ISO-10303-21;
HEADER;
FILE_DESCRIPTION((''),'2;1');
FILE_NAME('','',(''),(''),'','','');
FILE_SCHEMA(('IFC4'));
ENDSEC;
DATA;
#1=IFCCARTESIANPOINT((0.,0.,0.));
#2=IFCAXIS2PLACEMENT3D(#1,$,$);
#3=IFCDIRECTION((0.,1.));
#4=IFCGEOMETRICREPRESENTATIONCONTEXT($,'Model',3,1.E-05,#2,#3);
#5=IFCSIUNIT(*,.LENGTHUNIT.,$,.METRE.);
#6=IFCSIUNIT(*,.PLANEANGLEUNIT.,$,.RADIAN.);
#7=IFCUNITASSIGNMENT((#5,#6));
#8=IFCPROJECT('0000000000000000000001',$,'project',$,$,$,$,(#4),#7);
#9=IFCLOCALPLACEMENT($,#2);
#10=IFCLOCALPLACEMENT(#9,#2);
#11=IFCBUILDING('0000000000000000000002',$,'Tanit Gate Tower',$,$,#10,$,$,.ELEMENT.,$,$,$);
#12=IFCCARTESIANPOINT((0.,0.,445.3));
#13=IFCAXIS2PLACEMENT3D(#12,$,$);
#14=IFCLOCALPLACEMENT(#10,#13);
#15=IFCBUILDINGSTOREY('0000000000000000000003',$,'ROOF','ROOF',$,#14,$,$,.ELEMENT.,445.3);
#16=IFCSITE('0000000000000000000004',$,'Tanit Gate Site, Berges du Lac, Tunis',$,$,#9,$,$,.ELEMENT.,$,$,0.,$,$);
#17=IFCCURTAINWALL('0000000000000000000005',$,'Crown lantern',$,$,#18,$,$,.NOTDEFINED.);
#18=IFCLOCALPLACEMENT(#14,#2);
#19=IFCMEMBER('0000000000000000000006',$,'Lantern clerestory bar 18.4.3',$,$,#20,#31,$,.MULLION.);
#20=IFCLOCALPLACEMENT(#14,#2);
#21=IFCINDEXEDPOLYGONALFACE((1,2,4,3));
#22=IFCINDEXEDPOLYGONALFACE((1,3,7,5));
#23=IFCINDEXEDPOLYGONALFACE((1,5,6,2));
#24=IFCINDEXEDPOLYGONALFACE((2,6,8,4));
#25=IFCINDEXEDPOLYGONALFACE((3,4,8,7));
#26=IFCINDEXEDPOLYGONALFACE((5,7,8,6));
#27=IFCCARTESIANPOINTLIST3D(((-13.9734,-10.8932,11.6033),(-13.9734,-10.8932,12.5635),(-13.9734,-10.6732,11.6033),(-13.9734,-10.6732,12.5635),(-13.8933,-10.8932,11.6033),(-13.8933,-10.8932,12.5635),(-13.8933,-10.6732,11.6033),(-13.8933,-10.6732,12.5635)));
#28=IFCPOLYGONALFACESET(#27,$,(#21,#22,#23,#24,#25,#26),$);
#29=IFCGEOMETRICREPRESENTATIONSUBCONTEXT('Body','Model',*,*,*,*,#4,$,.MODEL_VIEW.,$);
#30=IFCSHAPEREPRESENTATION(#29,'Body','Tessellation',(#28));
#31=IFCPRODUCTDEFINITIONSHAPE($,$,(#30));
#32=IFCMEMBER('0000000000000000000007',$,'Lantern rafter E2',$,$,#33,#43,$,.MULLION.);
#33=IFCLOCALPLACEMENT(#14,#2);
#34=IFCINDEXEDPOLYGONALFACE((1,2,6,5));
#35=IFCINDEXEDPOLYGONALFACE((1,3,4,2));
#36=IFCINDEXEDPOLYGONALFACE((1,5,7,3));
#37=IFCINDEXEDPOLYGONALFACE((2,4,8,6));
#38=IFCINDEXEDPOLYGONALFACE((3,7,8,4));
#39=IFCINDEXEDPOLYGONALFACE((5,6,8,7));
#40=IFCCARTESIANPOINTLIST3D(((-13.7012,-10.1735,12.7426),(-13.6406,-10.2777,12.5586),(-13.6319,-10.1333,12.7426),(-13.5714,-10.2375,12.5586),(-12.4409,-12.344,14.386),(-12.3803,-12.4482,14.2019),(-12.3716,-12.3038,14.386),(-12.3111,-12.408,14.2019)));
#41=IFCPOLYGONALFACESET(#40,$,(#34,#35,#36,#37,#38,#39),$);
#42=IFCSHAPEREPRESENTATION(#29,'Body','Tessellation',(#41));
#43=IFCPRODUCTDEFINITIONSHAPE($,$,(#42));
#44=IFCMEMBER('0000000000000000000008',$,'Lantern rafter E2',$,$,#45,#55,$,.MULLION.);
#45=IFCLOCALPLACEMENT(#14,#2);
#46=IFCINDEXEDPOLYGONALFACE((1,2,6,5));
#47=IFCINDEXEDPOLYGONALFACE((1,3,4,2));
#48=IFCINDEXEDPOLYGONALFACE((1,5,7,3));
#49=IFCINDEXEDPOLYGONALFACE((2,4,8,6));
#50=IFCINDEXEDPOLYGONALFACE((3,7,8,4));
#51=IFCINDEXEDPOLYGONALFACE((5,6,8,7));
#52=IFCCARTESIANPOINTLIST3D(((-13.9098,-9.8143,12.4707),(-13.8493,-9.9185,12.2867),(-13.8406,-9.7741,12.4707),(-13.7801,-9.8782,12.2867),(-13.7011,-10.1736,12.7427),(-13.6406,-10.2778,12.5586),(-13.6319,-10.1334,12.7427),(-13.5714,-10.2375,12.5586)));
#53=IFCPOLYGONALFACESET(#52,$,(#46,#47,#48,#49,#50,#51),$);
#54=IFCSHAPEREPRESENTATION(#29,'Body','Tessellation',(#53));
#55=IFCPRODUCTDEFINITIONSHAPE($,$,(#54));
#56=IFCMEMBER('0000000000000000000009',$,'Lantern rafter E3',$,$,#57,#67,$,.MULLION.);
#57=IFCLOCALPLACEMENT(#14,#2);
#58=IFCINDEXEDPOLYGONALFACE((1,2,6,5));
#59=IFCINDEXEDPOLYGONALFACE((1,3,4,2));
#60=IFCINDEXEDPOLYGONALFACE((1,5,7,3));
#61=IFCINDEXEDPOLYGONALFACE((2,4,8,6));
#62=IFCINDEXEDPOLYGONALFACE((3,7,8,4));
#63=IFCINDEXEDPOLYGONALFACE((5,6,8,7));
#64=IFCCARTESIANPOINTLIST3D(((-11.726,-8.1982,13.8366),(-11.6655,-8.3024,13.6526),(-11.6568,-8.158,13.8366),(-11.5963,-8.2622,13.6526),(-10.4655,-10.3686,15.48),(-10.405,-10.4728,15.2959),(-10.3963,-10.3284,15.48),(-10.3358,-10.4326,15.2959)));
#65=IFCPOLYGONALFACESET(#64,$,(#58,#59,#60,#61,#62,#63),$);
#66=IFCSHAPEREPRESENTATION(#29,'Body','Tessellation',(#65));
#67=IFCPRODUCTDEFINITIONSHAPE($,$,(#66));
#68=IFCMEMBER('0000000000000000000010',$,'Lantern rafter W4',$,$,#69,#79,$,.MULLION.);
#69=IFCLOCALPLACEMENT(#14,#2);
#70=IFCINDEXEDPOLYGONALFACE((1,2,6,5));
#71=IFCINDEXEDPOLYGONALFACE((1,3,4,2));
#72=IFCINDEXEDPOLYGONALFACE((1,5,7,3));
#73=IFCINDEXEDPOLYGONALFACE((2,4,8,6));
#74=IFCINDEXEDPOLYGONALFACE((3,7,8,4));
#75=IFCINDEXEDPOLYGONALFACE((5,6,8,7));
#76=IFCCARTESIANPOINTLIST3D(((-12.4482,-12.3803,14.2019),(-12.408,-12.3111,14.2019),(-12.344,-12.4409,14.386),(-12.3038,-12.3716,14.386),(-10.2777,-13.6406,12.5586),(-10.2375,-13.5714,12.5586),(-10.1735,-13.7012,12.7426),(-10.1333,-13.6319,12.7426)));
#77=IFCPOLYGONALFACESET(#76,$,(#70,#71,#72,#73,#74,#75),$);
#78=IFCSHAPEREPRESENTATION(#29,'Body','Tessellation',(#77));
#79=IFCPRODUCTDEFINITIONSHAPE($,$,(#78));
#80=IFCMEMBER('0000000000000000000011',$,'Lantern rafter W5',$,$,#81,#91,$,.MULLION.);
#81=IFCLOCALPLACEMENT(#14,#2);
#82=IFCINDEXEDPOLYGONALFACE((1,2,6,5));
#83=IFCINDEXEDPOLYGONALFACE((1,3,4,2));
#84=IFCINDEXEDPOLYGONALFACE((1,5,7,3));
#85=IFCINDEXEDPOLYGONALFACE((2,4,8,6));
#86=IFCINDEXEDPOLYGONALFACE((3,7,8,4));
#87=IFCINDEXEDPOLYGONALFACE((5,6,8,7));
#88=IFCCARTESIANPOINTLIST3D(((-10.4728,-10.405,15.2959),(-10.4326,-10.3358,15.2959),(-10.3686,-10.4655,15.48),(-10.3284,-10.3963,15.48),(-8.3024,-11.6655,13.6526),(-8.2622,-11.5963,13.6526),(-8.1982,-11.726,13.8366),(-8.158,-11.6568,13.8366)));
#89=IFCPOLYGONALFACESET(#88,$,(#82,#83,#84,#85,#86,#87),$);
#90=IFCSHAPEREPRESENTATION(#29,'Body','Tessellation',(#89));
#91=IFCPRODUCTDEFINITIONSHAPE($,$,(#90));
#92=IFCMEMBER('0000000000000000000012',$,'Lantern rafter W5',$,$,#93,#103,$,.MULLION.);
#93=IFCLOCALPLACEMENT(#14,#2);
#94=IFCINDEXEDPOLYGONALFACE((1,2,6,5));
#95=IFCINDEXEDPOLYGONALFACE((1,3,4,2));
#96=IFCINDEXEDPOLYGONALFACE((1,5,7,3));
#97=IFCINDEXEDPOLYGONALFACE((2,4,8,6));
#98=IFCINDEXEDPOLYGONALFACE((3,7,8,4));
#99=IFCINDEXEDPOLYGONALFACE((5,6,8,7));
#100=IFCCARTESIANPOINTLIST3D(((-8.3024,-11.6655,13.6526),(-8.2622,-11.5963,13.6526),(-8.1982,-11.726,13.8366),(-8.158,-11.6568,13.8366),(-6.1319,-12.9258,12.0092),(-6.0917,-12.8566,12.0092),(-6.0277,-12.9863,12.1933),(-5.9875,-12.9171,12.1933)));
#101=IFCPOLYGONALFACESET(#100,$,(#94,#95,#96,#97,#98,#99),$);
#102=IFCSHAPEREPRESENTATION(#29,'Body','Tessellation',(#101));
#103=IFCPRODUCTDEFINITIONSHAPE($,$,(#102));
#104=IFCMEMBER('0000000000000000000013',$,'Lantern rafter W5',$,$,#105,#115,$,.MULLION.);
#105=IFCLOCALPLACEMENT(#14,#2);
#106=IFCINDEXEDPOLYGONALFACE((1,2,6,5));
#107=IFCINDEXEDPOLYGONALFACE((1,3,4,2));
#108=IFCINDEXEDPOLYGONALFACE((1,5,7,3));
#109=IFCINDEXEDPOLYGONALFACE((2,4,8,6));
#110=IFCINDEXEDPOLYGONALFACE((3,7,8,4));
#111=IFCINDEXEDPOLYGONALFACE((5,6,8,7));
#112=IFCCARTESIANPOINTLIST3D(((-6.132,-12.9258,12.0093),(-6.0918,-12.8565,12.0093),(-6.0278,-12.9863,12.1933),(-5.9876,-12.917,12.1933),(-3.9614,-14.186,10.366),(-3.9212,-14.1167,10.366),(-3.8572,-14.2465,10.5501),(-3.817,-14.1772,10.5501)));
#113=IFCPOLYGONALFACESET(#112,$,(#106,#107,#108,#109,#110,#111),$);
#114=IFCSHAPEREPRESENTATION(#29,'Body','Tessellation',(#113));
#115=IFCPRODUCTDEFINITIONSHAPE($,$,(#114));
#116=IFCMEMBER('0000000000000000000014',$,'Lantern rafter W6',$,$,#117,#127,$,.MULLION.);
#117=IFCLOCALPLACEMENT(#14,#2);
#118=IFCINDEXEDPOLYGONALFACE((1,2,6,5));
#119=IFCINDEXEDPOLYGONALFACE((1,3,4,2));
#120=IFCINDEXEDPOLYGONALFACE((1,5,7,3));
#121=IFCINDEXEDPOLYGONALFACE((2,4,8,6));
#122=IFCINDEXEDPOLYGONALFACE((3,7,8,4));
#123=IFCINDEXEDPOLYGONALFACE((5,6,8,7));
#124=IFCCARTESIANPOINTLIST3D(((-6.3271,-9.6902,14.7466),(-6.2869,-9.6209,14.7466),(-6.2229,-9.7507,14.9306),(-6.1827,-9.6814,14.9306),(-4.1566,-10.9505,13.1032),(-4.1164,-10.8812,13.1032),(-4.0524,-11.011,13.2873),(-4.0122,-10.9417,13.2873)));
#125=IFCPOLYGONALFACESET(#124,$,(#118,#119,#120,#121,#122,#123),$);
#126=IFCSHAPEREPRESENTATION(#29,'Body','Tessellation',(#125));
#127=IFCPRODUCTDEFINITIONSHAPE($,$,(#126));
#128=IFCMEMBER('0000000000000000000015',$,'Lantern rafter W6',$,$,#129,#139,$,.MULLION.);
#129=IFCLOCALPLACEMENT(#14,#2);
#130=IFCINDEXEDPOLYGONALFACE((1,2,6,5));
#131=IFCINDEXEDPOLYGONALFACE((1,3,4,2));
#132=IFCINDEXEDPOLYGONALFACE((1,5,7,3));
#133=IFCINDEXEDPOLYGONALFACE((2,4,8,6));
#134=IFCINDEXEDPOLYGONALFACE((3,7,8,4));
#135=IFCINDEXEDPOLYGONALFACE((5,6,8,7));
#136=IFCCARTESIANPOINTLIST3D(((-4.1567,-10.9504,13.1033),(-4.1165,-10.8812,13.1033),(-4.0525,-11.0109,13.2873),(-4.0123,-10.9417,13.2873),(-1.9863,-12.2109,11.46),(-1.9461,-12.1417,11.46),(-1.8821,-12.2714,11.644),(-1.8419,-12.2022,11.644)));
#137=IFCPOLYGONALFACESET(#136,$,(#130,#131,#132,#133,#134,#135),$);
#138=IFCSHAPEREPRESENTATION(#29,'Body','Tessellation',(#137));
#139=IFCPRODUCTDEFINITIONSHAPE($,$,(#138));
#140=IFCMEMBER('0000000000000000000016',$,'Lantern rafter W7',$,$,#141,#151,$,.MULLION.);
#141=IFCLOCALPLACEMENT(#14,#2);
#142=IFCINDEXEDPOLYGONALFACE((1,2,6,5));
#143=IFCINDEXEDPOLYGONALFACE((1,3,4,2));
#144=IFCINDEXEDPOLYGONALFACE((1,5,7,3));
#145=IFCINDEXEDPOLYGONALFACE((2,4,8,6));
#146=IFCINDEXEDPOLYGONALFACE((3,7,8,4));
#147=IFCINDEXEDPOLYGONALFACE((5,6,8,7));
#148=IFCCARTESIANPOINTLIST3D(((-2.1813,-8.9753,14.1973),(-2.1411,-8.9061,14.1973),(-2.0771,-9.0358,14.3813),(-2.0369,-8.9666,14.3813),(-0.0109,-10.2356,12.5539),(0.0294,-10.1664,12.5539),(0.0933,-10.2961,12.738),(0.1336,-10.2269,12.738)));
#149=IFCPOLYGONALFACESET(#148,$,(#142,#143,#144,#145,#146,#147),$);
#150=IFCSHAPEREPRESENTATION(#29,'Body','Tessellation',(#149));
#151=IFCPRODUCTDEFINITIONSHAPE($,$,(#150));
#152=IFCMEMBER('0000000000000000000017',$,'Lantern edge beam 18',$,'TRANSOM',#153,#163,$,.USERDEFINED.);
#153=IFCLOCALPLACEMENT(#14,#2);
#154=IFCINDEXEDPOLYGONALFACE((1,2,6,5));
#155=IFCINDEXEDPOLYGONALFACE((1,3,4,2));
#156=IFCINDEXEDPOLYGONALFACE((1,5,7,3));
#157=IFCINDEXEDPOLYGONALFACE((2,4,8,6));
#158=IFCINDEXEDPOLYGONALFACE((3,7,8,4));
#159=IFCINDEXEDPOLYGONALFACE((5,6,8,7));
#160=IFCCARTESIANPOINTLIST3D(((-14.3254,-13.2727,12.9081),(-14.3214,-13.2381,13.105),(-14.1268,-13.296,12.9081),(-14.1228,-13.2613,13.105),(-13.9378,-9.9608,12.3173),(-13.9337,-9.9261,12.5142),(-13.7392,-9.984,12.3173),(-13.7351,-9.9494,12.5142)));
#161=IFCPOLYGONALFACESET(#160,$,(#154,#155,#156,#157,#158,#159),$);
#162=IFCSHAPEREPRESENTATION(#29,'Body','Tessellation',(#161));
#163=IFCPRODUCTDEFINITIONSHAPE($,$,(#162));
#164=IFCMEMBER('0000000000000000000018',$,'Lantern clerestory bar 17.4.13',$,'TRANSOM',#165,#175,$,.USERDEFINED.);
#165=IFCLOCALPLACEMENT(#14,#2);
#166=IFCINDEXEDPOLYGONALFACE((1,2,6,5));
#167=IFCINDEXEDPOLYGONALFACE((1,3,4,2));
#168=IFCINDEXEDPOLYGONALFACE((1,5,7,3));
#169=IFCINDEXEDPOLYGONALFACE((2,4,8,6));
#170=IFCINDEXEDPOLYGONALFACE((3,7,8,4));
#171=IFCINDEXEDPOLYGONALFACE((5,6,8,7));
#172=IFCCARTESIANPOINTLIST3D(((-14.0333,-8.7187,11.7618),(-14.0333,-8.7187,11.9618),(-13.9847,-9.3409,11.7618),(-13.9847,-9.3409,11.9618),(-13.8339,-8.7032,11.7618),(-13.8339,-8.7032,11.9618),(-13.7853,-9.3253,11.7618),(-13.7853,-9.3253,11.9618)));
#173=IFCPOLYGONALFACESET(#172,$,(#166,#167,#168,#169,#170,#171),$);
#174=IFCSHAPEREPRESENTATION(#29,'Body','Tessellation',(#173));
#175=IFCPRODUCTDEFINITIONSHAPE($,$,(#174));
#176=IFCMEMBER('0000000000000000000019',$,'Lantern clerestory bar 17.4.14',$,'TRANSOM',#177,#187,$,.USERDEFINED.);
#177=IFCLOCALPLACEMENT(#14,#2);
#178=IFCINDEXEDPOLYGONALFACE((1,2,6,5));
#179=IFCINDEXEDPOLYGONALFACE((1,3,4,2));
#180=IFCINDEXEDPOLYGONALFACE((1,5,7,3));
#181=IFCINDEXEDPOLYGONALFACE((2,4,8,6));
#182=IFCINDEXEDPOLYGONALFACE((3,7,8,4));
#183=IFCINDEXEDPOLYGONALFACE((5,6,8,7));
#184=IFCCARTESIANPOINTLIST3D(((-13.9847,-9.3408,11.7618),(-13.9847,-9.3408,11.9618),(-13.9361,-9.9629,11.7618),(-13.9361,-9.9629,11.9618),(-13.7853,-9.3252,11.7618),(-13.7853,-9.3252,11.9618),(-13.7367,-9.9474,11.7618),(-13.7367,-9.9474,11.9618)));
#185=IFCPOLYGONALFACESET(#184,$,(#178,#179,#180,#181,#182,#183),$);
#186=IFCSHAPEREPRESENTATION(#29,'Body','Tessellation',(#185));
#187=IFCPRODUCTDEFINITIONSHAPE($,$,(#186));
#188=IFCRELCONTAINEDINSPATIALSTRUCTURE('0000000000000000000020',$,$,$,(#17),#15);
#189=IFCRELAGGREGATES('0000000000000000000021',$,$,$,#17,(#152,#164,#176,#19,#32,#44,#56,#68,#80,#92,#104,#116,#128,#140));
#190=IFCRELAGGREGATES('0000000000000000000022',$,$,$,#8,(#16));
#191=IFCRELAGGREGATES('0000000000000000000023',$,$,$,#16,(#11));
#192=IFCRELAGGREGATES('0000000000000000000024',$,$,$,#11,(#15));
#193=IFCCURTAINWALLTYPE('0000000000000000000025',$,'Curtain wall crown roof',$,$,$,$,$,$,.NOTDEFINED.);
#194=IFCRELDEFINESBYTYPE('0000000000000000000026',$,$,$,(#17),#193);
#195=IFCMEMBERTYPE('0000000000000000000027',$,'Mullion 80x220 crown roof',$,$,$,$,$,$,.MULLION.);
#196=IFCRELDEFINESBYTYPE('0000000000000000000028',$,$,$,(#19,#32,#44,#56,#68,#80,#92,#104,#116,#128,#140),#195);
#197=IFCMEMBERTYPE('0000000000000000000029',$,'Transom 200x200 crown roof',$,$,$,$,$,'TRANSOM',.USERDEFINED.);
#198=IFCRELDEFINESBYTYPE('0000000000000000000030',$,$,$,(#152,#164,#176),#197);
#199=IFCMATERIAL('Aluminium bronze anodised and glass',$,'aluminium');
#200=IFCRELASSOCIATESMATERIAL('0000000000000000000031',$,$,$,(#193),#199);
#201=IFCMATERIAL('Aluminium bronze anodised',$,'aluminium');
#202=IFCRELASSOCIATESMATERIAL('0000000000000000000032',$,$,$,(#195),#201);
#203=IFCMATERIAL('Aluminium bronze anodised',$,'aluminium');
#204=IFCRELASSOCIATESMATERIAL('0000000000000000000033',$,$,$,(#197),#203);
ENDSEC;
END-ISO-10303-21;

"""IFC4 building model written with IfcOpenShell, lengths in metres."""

from ifc_helpers import new_model, si_unit, direction, frame, origin, origin_2d, place, context, subcontext, project, spatial, rectangle, extrude, material, material_profile, profile_set, type_object, element, aggregate, save


model = new_model("IFC4")

# Units and contexts
model_context = context("Model", 3, precision=1e-05, world=origin(), true_north=direction((0.0, 1.0)))
body_context = subcontext(model_context, "Body", "Model", "MODEL_VIEW")
ifc_project = project(units=[si_unit("LENGTHUNIT", "METRE"), si_unit("PLANEANGLEUNIT", "RADIAN")], contexts=[model_context])

# Site, building, storey
site_placement = place(None, origin())
site = spatial("IfcSite", under=ifc_project, at=site_placement, Name="Tanit Gate Site, Berges du Lac, Tunis", CompositionType="ELEMENT", RefElevation=0.0)
building_placement = place(site_placement, origin())
building = spatial("IfcBuilding", under=site, at=building_placement, Name="Tanit Gate Tower", CompositionType="ELEMENT")
storey_placement = place(building_placement, frame((0.0, 0.0, 445.3)))
storey = spatial("IfcBuildingStorey", under=building, at=storey_placement, Name="ROOF", Description="ROOF", CompositionType="ELEMENT", Elevation=445.3)

# Curtain wall, members
ifc_material_1 = material(Name="Aluminium bronze anodised and glass", Category="aluminium")
curtain_wall_type = type_object("IfcCurtainWallType", Name="Curtain wall crown roof", PredefinedType="NOTDEFINED", material=ifc_material_1)
curtain_wall_placement = place(storey_placement, origin())
curtain_wall = element("IfcCurtainWall", 1, at=curtain_wall_placement, inside=storey, type_object=curtain_wall_type, Name="Crown lantern", PredefinedType="NOTDEFINED")
ifc_material_2 = material(Name="Aluminium bronze anodised", Category="aluminium")
ifc_material_profile_1 = material_profile(ifc_material_2, rectangle(XDim=0.0801, YDim=0.22, at=origin_2d()), Name="80x220 bronze rafter")
ifc_profile_set_1 = profile_set([ifc_material_profile_1], Name="Aluminium bronze anodised")
member_type_1 = type_object("IfcMemberType", Name="Mullion 80x220 crown roof", PredefinedType="MULLION", material=ifc_profile_set_1)
member_1_placement = place(storey_placement, frame((-13.9333, -10.7832, 11.6033), z_axis=(0.0, 0.0, 1.0), x_axis=(1.0, 0.0, 0.0)))
member_1 = element("IfcMember", 2, at=member_1_placement, type_object=member_type_1, Name="Lantern clerestory bar 18.4.3", PredefinedType="MULLION", context=body_context, shape_type="SweptSolid", body=[
    extrude(rectangle(XDim=0.0801, YDim=0.22, at=origin_2d()), origin(), (0.0, 0.0, 1.0), 0.9602),
])
member_2_placement = place(storey_placement, frame((-12.376, -12.376, 14.2939), z_axis=(-0.420099, 0.723495, -0.547789), x_axis=(-0.864786, -0.50214, 0.0)))
member_2 = element("IfcMember", 3, at=member_2_placement, type_object=member_type_1, Name="Lantern rafter E2", PredefinedType="MULLION", context=body_context, shape_type="SweptSolid", body=[
    extrude(rectangle(XDim=0.0801, YDim=0.22, at=origin_2d()), origin(), (0.0, 0.0, 1.0), 3.0),
])
member_3_placement = place(storey_placement, frame((-13.6362, -10.2056, 12.6506), z_axis=(-0.42027, 0.723553, -0.54758), x_axis=(-0.864715, -0.502263, 0.0)))
member_3 = element("IfcMember", 4, at=member_3_placement, type_object=member_type_1, Name="Lantern rafter E2", PredefinedType="MULLION", context=body_context, shape_type="SweptSolid", body=[
    extrude(rectangle(XDim=0.0801, YDim=0.22, at=origin_2d()), origin(), (0.0, 0.0, 1.0), 0.4966),
])
member_4_placement = place(storey_placement, frame((-10.4006, -10.4006, 15.3879), z_axis=(-0.420166, 0.72347, -0.54777), x_axis=(-0.864744, -0.502213, 0.0)))
member_4 = element("IfcMember", 5, at=member_4_placement, type_object=member_type_1, Name="Lantern rafter E3", PredefinedType="MULLION", context=body_context, shape_type="SweptSolid", body=[
    extrude(rectangle(XDim=0.0801, YDim=0.22, at=origin_2d()), origin(), (0.0, 0.0, 1.0), 3.0),
])
member_5_placement = place(storey_placement, frame((-12.376, -12.376, 14.2939), z_axis=(0.723495, -0.420099, -0.547789), x_axis=(0.50214, 0.864786, 0.0)))
member_5 = element("IfcMember", 6, at=member_5_placement, type_object=member_type_1, Name="Lantern rafter W4", PredefinedType="MULLION", context=body_context, shape_type="SweptSolid", body=[
    extrude(rectangle(XDim=0.0801, YDim=0.22, at=origin_2d()), origin(), (0.0, 0.0, 1.0), 3.0),
])
member_6_placement = place(storey_placement, frame((-10.4006, -10.4006, 15.3879), z_axis=(0.72347, -0.420166, -0.54777), x_axis=(0.502213, 0.864744, 0.0)))
member_6 = element("IfcMember", 7, at=member_6_placement, type_object=member_type_1, Name="Lantern rafter W5", PredefinedType="MULLION", context=body_context, shape_type="SweptSolid", body=[
    extrude(rectangle(XDim=0.0801, YDim=0.22, at=origin_2d()), origin(), (0.0, 0.0, 1.0), 3.0),
])
member_7_placement = place(storey_placement, frame((-8.2302, -11.6611, 13.7446), z_axis=(0.723495, -0.420099, -0.547789), x_axis=(0.50214, 0.864786, 0.0)))
member_7 = element("IfcMember", 8, at=member_7_placement, type_object=member_type_1, Name="Lantern rafter W5", PredefinedType="MULLION", context=body_context, shape_type="SweptSolid", body=[
    extrude(rectangle(XDim=0.0801, YDim=0.22, at=origin_2d()), origin(), (0.0, 0.0, 1.0), 3.0),
])
member_8_placement = place(storey_placement, frame((-6.0598, -12.9214, 12.1013), z_axis=(0.723533, -0.420074, -0.547757), x_axis=(0.502098, 0.864811, 0.0)))
member_8 = element("IfcMember", 9, at=member_8_placement, type_object=member_type_1, Name="Lantern rafter W5", PredefinedType="MULLION", context=body_context, shape_type="SweptSolid", body=[
    extrude(rectangle(XDim=0.0801, YDim=0.22, at=origin_2d()), origin(), (0.0, 0.0, 1.0), 3.0),
])
member_9_placement = place(storey_placement, frame((-6.2549, -9.6858, 14.8386), z_axis=(0.723495, -0.420099, -0.547789), x_axis=(0.50214, 0.864786, 0.0)))
member_9 = element("IfcMember", 10, at=member_9_placement, type_object=member_type_1, Name="Lantern rafter W6", PredefinedType="MULLION", context=body_context, shape_type="SweptSolid", body=[
    extrude(rectangle(XDim=0.0801, YDim=0.22, at=origin_2d()), origin(), (0.0, 0.0, 1.0), 3.0),
])
member_10_placement = place(storey_placement, frame((-4.0845, -10.946, 13.1953), z_axis=(0.72347, -0.420166, -0.54777), x_axis=(0.502213, 0.864744, 0.0)))
member_10 = element("IfcMember", 11, at=member_10_placement, type_object=member_type_1, Name="Lantern rafter W6", PredefinedType="MULLION", context=body_context, shape_type="SweptSolid", body=[
    extrude(rectangle(XDim=0.0801, YDim=0.22, at=origin_2d()), origin(), (0.0, 0.0, 1.0), 3.0),
])
member_11_placement = place(storey_placement, frame((-2.1091, -8.9709, 14.2893), z_axis=(0.723495, -0.420099, -0.547789), x_axis=(0.50214, 0.864786, 0.0)))
member_11 = element("IfcMember", 12, at=member_11_placement, type_object=member_type_1, Name="Lantern rafter W7", PredefinedType="MULLION", context=body_context, shape_type="SweptSolid", body=[
    extrude(rectangle(XDim=0.0801, YDim=0.22, at=origin_2d()), origin(), (0.0, 0.0, 1.0), 3.0),
])
ifc_material_3 = material(Name="Aluminium bronze anodised", Category="aluminium")
ifc_material_profile_2 = material_profile(ifc_material_3, rectangle(XDim=0.2, YDim=0.2, at=origin_2d()), Name="200x200 bronze transom")
ifc_profile_set_2 = profile_set([ifc_material_profile_2], Name="Aluminium bronze anodised")
member_type_2 = type_object("IfcMemberType", Name="Transom 200x200 crown roof", ElementType="TRANSOM", PredefinedType="USERDEFINED", material=ifc_profile_set_2)
member_12_placement = place(storey_placement, frame((-13.8364, -9.9551, 12.4158), z_axis=(-0.114481, -0.977987, 0.17446), x_axis=(0.993218, -0.116264, 0.0)))
member_12 = element("IfcMember", 13, at=member_12_placement, type_object=member_type_2, Name="Lantern edge beam 18", ObjectType="TRANSOM", PredefinedType="USERDEFINED", context=body_context, shape_type="SweptSolid", body=[
    extrude(rectangle(XDim=0.2, YDim=0.2, at=origin_2d()), origin(), (0.0, 0.0, 1.0), 3.3865),
])
member_13_placement = place(storey_placement, frame((-13.9336, -8.7109, 11.8618), z_axis=(0.077863, -0.996964, 0.0), x_axis=(0.996964, 0.077863, 0.0)))
member_13 = element("IfcMember", 14, at=member_13_placement, type_object=member_type_2, Name="Lantern clerestory bar 17.4.13", ObjectType="TRANSOM", PredefinedType="USERDEFINED", context=body_context, shape_type="SweptSolid", body=[
    extrude(rectangle(XDim=0.2, YDim=0.2, at=origin_2d()), origin(), (0.0, 0.0, 1.0), 0.624),
])
member_14_placement = place(storey_placement, frame((-13.885, -9.333, 11.8618), z_axis=(0.077863, -0.996964, 0.0), x_axis=(0.996964, 0.077863, 0.0)))
member_14 = element("IfcMember", 15, at=member_14_placement, type_object=member_type_2, Name="Lantern clerestory bar 17.4.14", ObjectType="TRANSOM", PredefinedType="USERDEFINED", context=body_context, shape_type="SweptSolid", body=[
    extrude(rectangle(XDim=0.2, YDim=0.2, at=origin_2d()), origin(), (0.0, 0.0, 1.0), 0.624),
])
aggregate(curtain_wall, [member_12, member_13, member_14, member_1, member_2, member_3, member_4, member_5, member_6, member_7, member_8, member_9, member_10, member_11])

save(model, "model.ifc")
